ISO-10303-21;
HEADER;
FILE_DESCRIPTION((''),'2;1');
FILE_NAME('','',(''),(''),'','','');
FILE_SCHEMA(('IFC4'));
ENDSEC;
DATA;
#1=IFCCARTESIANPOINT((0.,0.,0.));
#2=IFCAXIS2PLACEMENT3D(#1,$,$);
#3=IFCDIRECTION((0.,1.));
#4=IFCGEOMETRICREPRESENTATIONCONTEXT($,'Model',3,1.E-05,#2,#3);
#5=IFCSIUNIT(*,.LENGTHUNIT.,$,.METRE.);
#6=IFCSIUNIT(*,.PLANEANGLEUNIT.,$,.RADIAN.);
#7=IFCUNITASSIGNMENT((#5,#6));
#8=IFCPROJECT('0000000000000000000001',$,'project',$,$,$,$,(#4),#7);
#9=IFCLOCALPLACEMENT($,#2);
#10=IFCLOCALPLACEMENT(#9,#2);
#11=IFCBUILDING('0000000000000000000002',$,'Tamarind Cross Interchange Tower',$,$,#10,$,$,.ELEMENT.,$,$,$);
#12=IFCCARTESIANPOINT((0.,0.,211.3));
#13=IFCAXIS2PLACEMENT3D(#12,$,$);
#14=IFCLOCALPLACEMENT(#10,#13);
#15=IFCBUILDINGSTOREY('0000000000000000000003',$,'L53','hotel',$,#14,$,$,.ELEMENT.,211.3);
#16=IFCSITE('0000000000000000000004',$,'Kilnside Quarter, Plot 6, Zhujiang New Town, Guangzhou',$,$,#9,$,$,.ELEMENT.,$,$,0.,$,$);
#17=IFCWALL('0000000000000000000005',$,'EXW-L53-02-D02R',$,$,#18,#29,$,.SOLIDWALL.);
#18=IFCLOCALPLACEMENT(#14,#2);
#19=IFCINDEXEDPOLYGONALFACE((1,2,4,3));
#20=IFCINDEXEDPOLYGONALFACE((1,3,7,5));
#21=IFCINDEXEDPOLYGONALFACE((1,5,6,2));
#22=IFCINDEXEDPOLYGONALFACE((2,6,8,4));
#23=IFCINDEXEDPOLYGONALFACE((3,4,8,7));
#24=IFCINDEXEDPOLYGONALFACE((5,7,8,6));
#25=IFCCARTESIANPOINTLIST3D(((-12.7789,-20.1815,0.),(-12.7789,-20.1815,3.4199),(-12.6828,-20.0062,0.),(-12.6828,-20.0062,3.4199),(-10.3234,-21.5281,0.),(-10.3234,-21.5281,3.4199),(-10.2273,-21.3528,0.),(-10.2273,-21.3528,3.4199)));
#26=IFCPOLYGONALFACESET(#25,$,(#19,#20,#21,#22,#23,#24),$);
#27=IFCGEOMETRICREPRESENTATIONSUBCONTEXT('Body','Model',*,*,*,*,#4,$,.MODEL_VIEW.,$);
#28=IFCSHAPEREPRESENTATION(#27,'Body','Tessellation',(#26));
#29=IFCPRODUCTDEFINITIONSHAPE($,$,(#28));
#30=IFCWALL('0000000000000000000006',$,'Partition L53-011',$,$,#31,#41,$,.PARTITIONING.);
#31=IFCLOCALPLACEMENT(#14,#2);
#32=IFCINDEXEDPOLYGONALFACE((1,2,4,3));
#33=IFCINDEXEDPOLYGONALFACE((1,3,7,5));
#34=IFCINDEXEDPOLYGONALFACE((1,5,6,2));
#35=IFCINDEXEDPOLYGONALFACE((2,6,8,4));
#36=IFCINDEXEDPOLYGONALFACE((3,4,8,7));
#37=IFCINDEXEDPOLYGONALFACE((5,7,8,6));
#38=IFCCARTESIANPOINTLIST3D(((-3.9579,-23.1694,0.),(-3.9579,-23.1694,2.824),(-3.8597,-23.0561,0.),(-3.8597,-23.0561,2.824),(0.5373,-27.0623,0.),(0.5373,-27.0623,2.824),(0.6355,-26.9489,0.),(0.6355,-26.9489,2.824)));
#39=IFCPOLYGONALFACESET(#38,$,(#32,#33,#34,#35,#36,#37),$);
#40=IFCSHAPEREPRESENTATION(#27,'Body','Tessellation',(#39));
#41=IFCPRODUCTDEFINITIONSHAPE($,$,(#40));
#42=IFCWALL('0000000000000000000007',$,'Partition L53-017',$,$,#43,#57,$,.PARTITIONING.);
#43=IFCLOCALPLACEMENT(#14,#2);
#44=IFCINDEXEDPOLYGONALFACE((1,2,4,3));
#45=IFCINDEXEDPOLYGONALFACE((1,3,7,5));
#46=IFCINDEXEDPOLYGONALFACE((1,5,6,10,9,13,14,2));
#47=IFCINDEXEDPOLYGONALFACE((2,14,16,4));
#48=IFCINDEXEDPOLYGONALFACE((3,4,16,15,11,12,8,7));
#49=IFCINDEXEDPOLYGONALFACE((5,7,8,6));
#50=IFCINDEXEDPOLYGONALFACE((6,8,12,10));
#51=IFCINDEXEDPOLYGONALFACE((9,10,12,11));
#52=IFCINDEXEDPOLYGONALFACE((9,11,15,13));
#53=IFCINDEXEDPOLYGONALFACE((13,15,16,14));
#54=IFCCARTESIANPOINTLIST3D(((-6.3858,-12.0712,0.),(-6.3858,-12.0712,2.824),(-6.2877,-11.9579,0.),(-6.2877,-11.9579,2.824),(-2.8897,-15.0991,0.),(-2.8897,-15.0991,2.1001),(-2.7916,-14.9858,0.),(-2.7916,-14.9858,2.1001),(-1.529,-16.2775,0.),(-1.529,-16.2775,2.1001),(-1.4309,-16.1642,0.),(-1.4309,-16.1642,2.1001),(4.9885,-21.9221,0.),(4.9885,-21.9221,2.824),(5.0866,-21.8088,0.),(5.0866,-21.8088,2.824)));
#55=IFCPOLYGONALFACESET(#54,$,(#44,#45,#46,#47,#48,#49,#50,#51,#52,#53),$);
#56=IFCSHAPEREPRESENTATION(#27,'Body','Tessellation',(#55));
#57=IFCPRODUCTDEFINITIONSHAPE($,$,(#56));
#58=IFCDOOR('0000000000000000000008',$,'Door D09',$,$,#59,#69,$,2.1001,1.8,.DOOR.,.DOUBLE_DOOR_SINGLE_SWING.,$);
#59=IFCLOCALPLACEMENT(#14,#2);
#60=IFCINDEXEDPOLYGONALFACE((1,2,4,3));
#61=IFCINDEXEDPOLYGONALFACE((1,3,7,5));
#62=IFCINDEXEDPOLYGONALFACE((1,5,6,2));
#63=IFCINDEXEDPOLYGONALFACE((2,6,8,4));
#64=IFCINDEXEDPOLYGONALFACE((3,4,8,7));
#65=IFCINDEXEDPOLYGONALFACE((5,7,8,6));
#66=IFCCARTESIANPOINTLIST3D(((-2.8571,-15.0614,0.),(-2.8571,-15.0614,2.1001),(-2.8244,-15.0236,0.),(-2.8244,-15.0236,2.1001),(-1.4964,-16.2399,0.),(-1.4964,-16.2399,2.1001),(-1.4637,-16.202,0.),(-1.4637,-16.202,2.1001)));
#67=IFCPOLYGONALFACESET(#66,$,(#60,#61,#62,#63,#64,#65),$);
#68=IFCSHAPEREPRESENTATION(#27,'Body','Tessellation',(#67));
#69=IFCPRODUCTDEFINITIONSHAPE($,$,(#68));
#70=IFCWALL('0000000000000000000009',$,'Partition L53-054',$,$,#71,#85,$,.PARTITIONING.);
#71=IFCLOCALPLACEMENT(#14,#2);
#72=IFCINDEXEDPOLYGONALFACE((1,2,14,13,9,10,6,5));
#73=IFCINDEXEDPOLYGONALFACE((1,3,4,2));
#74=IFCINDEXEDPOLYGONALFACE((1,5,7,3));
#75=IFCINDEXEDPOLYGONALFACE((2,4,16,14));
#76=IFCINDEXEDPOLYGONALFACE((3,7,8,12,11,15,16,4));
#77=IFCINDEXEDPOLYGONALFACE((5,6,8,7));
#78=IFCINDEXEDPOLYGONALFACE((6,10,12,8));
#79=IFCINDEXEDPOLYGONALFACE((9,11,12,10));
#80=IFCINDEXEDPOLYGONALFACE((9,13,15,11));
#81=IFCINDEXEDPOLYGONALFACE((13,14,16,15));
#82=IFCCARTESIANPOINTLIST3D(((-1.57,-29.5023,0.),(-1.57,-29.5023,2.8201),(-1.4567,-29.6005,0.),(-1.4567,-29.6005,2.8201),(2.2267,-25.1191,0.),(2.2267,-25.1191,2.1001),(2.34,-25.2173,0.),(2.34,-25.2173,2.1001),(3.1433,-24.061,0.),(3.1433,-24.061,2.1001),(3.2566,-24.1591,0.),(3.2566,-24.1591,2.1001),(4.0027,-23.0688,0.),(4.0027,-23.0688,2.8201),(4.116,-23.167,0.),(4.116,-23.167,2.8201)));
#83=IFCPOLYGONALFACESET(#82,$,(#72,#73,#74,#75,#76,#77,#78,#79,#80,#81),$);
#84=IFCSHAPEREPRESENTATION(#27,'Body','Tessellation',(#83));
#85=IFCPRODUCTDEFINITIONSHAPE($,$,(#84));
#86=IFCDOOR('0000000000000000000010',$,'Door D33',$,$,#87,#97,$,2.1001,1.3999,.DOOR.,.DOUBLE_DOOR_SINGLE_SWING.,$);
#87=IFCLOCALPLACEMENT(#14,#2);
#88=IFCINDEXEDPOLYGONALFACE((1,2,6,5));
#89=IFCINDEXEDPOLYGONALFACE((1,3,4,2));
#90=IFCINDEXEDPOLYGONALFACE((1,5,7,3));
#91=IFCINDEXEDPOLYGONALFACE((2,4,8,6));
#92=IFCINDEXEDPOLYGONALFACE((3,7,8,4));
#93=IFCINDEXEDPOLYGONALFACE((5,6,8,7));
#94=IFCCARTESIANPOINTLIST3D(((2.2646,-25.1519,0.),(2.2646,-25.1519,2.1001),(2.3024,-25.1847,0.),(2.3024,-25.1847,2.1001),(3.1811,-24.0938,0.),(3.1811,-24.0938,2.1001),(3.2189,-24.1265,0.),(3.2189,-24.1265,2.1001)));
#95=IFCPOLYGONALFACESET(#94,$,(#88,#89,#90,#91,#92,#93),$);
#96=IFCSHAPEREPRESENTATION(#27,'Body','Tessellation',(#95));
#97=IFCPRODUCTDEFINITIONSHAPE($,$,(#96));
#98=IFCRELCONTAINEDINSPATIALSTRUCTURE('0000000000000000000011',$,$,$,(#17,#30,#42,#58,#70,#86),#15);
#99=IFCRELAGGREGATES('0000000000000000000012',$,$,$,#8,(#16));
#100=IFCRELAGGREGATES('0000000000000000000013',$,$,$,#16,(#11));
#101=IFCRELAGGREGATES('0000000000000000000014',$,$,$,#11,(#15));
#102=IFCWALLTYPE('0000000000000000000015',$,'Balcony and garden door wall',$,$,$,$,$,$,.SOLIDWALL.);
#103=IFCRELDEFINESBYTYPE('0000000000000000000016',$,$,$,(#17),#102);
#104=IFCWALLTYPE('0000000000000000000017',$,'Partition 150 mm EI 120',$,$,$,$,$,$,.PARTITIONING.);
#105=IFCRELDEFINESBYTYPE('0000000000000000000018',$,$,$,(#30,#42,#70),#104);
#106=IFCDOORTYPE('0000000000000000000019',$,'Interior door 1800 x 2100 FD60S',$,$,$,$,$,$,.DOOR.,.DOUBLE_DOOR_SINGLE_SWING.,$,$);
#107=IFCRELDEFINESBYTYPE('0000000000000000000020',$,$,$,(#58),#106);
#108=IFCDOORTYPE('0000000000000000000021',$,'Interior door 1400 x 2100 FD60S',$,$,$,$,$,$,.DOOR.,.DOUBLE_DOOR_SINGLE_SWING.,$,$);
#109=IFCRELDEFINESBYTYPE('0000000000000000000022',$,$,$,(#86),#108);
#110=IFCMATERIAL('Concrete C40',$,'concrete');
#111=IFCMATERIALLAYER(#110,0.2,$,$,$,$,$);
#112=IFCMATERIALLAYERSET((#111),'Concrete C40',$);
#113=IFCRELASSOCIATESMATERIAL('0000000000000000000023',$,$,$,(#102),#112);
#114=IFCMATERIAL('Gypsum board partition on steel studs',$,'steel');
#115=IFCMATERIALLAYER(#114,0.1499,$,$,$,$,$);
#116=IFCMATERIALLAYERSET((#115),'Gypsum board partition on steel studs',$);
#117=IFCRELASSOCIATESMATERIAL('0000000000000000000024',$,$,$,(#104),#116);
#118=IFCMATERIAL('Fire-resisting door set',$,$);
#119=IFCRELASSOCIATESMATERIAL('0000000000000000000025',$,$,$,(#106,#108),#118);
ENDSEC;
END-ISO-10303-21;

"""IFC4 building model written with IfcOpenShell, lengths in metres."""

from ifc_helpers import new_model, si_unit, direction, frame, frame_2d, origin, place, context, subcontext, project, spatial, rectangle, extrude, material, layer, layer_set, type_object, element, fill, save


model = new_model("IFC4")

# Units and contexts
model_context = context("Model", 3, precision=1e-05, world=origin(), true_north=direction((0.0, 1.0)))
body_context = subcontext(model_context, "Body", "Model", "MODEL_VIEW")
ifc_project = project(units=[si_unit("LENGTHUNIT", "METRE"), si_unit("PLANEANGLEUNIT", "RADIAN")], contexts=[model_context])

# Site, building, storey
site_placement = place(None, origin())
site = spatial("IfcSite", under=ifc_project, at=site_placement, Name="Kilnside Quarter, Plot 6, Zhujiang New Town, Guangzhou", CompositionType="ELEMENT", RefElevation=0.0)
building_placement = place(site_placement, origin())
building = spatial("IfcBuilding", under=site, at=building_placement, Name="Tamarind Cross Interchange Tower", CompositionType="ELEMENT")
storey_placement = place(building_placement, frame((0.0, 0.0, 211.3)))
storey = spatial("IfcBuildingStorey", under=building, at=storey_placement, Name="L53", Description="hotel", CompositionType="ELEMENT", Elevation=211.3)

# Walls
ifc_material_1 = material(Name="Concrete C40", Category="concrete")
ifc_layer_1 = layer(ifc_material_1, 0.2)
ifc_layer_set_1 = layer_set([ifc_layer_1], Name="Concrete C40")
wall_type_1 = type_object("IfcWallType", Name="Balcony and garden door wall", PredefinedType="SOLIDWALL", material=ifc_layer_set_1)
wall_1_placement = place(storey_placement, frame((-12.731, -20.0938, 0.0), z_axis=(0.0, 0.0, 1.0), x_axis=(0.876801, -0.480854, 0.0)))
element("IfcWall", 1, at=wall_1_placement, inside=storey, type_object=wall_type_1, Name="EXW-L53-02-D02R", PredefinedType="SOLIDWALL", context=body_context, shape_type="SweptSolid", body=[
    extrude(rectangle(XDim=2.8005, YDim=0.2, at=frame_2d((1.4004, 0.0))), origin(), (0.0, 0.0, 1.0), 3.4199),
])
ifc_material_2 = material(Name="Gypsum board partition on steel studs", Category="steel")
ifc_layer_2 = layer(ifc_material_2, 0.1499)
ifc_layer_set_2 = layer_set([ifc_layer_2], Name="Gypsum board partition on steel studs")
wall_type_2 = type_object("IfcWallType", Name="Partition 150 mm EI 120", PredefinedType="PARTITIONING", material=ifc_layer_set_2)
wall_2_placement = place(storey_placement, frame((-3.9087, -23.1128, 0.0), z_axis=(0.0, 0.0, 1.0), x_axis=(0.755934, -0.654648, 0.0)))
element("IfcWall", 2, at=wall_2_placement, inside=storey, type_object=wall_type_2, Name="Partition L53-011", PredefinedType="PARTITIONING", context=body_context, shape_type="SweptSolid", body=[
    extrude(rectangle(XDim=5.9465, YDim=0.1499, at=frame_2d((2.9731, 0.0))), origin(), (0.0, 0.0, 1.0), 2.824),
])

# Walls, openings, doors
wall_3_placement = place(storey_placement, frame((-6.3367, -12.0146, 0.0), z_axis=(0.0, 0.0, 1.0), x_axis=(0.755915, -0.65467, 0.0)))
wall_3 = element("IfcWall", 3, at=wall_3_placement, inside=storey, type_object=wall_type_2, Name="Partition L53-017", PredefinedType="PARTITIONING", context=body_context, shape_type="SweptSolid", body=[
    extrude(rectangle(XDim=15.0471, YDim=0.1499, at=frame_2d((7.5234, 0.0))), origin(), (0.0, 0.0, 1.0), 2.824),
])
opening_1_placement = place(wall_3_placement, frame((4.625, 0.0, 0.0)))
opening_1 = element("IfcOpeningElement", 4, at=opening_1_placement, cuts=wall_3, PredefinedType="OPENING", context=body_context, shape_type="SweptSolid", body=[
    extrude(rectangle(XDim=1.8, YDim=2.1001, at=frame_2d((0.8999, 1.05))), frame((0.0, 0.085, 0.0), z_axis=(0.0, -1.0, 0.0), x_axis=(1.0, 0.0, 0.0)), (0.0, 0.0, 1.0), 0.1699),
])
ifc_material_3 = material(Name="Fire-resisting door set")
door_type_1 = type_object("IfcDoorType", Name="Interior door 1800 x 2100 FD60S", OperationType="DOUBLE_DOOR_SINGLE_SWING", PredefinedType="DOOR", material=ifc_material_3)
door_1_placement = place(opening_1_placement, origin())
door_1 = element("IfcDoor", 5, at=door_1_placement, inside=storey, type_object=door_type_1, Name="Door D09", OperationType="DOUBLE_DOOR_SINGLE_SWING", OverallHeight=2.1001, OverallWidth=1.8, PredefinedType="DOOR", context=body_context, shape_type="SweptSolid", body=[
    extrude(rectangle(XDim=1.8, YDim=2.1001, at=frame_2d((0.8999, 1.05))), frame((0.0, 0.0249, 0.0), z_axis=(0.0, -1.0, 0.0), x_axis=(1.0, 0.0, 0.0)), (0.0, 0.0, 1.0), 0.05),
])
fill(opening_1, door_1)
wall_4_placement = place(storey_placement, frame((-1.5134, -29.5515, 0.0), z_axis=(0.0, 0.0, 1.0), x_axis=(0.654727, 0.755865, 0.0)))
wall_4 = element("IfcWall", 6, at=wall_4_placement, inside=storey, type_object=wall_type_2, Name="Partition L53-054", PredefinedType="PARTITIONING", context=body_context, shape_type="SweptSolid", body=[
    extrude(rectangle(XDim=8.5115, YDim=0.1499, at=frame_2d((4.2559, 0.0))), origin(), (0.0, 0.0, 1.0), 2.8201),
])
opening_2_placement = place(wall_4_placement, frame((5.7991, 0.0, 0.0)))
opening_2 = element("IfcOpeningElement", 7, at=opening_2_placement, cuts=wall_4, PredefinedType="OPENING", context=body_context, shape_type="SweptSolid", body=[
    extrude(rectangle(XDim=1.3999, YDim=2.1001, at=frame_2d((0.7, 1.05))), frame((0.0, 0.085, 0.0), z_axis=(0.0, -1.0, 0.0), x_axis=(1.0, 0.0, 0.0)), (0.0, 0.0, 1.0), 0.1699),
])
door_type_2 = type_object("IfcDoorType", Name="Interior door 1400 x 2100 FD60S", OperationType="DOUBLE_DOOR_SINGLE_SWING", PredefinedType="DOOR", material=ifc_material_3)
door_2_placement = place(opening_2_placement, origin())
door_2 = element("IfcDoor", 8, at=door_2_placement, inside=storey, type_object=door_type_2, Name="Door D33", OperationType="DOUBLE_DOOR_SINGLE_SWING", OverallHeight=2.1001, OverallWidth=1.3999, PredefinedType="DOOR", context=body_context, shape_type="SweptSolid", body=[
    extrude(rectangle(XDim=1.3999, YDim=2.1001, at=frame_2d((0.7, 1.05))), frame((0.0, 0.0249, 0.0), z_axis=(0.0, -1.0, 0.0), x_axis=(1.0, 0.0, 0.0)), (0.0, 0.0, 1.0), 0.05),
])
fill(opening_2, door_2)

save(model, "model.ifc")
